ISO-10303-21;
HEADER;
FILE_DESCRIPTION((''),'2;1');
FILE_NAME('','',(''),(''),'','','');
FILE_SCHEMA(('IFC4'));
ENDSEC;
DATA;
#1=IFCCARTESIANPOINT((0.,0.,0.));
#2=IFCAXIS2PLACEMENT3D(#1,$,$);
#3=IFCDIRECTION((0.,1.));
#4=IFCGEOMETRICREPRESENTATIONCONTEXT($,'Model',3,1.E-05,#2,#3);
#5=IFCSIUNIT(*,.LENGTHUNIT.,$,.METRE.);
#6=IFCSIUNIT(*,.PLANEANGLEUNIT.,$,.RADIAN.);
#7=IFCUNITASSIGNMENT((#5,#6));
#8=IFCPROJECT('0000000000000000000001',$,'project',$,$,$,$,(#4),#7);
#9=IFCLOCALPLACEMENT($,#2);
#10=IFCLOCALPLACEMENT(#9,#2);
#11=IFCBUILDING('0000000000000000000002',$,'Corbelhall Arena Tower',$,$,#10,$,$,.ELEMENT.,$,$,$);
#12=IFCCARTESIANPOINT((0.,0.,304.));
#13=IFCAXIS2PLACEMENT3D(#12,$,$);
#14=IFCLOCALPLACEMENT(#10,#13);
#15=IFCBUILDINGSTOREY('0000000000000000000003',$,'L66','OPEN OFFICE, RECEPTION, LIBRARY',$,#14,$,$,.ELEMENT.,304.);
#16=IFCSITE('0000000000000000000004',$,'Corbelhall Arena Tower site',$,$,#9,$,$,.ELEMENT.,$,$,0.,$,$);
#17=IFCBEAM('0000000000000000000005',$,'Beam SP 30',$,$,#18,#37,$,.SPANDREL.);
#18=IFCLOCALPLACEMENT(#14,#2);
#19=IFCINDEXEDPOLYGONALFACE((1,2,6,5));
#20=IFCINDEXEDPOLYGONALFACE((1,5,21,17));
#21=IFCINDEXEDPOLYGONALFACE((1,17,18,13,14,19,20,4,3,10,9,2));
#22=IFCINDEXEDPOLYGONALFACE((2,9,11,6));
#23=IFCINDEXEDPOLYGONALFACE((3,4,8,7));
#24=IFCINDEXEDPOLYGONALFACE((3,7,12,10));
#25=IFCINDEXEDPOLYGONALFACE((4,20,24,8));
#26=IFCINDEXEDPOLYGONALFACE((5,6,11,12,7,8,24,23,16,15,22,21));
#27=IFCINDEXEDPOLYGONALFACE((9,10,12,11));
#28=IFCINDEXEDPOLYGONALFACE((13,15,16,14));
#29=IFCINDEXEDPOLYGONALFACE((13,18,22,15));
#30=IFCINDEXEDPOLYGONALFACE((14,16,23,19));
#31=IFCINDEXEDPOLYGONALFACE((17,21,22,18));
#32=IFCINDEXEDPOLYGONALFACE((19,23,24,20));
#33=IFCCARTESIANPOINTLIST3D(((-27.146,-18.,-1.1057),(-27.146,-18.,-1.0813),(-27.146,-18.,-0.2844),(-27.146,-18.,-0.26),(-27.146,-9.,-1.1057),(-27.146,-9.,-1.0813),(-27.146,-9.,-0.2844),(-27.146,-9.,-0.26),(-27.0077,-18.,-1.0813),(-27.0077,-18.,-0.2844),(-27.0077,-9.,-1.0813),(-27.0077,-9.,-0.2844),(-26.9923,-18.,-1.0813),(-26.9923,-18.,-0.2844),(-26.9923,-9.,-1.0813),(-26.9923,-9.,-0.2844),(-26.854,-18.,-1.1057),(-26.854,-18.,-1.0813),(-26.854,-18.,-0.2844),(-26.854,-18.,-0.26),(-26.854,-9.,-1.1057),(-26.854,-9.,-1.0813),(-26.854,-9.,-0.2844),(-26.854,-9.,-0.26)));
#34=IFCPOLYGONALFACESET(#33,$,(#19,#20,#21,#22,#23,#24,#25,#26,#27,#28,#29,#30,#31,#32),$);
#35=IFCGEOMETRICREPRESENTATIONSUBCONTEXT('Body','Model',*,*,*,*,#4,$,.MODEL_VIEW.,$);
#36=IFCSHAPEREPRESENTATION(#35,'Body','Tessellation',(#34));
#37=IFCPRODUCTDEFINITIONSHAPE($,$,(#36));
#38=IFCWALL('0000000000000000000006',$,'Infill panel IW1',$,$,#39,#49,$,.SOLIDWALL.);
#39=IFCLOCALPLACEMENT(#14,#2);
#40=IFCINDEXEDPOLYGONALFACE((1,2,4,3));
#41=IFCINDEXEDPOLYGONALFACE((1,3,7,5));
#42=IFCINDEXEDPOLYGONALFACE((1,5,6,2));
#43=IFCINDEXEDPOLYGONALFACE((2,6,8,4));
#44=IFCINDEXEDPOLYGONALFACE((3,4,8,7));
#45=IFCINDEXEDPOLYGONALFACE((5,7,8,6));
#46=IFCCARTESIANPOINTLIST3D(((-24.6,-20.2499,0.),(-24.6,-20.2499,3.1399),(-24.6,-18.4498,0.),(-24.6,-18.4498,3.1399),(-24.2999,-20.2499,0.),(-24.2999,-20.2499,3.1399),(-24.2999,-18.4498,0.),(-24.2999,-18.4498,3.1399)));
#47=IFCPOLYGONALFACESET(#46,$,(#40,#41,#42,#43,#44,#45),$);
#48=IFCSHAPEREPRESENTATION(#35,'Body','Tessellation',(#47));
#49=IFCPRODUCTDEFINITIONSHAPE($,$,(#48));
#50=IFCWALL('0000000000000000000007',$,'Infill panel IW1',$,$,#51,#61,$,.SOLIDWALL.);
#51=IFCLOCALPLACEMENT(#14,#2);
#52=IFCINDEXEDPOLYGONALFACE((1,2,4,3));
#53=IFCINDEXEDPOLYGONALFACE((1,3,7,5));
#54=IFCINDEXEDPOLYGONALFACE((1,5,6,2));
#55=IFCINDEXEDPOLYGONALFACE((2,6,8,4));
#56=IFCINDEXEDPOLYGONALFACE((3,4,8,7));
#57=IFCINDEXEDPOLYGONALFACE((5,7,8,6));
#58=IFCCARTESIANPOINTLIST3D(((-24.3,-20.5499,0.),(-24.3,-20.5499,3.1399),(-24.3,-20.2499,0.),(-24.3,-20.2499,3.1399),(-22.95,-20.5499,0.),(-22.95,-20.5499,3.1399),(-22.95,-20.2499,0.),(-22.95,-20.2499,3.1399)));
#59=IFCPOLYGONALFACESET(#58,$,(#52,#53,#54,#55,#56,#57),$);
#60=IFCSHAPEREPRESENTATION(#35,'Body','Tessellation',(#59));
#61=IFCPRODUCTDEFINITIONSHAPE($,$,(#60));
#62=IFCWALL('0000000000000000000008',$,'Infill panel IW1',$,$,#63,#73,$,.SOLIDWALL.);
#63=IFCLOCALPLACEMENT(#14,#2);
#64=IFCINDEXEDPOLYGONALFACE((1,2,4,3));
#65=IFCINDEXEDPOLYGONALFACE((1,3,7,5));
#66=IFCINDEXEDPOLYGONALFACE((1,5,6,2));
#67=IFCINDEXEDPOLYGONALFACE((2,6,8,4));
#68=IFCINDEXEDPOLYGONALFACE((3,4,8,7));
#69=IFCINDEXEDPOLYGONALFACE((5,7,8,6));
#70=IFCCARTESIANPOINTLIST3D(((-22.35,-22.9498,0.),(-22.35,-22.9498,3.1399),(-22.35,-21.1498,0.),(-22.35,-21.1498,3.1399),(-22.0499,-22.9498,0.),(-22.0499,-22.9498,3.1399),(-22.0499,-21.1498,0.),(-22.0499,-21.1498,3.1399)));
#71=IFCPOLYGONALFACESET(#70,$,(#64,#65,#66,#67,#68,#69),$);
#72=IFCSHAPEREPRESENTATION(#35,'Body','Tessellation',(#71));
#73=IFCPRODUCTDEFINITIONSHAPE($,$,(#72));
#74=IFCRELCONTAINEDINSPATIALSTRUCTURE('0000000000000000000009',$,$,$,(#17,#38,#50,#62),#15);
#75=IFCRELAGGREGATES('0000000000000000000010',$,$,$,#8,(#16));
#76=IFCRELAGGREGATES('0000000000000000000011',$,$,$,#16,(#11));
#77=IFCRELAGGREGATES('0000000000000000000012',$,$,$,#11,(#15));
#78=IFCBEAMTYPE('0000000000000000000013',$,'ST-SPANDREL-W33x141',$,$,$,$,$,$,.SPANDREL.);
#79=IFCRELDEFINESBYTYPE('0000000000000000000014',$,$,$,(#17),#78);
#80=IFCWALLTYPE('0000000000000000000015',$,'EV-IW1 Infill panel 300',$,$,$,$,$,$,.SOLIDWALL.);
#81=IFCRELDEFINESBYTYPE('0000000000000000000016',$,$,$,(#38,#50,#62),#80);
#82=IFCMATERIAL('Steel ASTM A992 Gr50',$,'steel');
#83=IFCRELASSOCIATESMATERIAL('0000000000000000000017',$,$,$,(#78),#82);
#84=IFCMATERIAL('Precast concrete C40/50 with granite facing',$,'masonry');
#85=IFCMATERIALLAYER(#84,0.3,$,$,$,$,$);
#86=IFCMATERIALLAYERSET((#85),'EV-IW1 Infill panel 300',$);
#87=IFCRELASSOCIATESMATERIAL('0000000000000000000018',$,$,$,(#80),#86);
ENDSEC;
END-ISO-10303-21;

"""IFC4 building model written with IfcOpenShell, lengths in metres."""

from ifc_helpers import new_model, si_unit, direction, frame, frame_2d, origin, origin_2d, place, context, subcontext, project, spatial, rectangle, i_section, extrude, material, layer, layer_set, material_profile, profile_set, type_object, element, save


model = new_model("IFC4")

# Units and contexts
model_context = context("Model", 3, precision=1e-05, world=origin(), true_north=direction((0.0, 1.0)))
body_context = subcontext(model_context, "Body", "Model", "MODEL_VIEW")
ifc_project = project(units=[si_unit("LENGTHUNIT", "METRE"), si_unit("PLANEANGLEUNIT", "RADIAN")], contexts=[model_context])

# Site, building, storey
site_placement = place(None, origin())
site = spatial("IfcSite", under=ifc_project, at=site_placement, Name="Corbelhall Arena Tower site", CompositionType="ELEMENT", RefElevation=0.0)
building_placement = place(site_placement, origin())
building = spatial("IfcBuilding", under=site, at=building_placement, Name="Corbelhall Arena Tower", CompositionType="ELEMENT")
storey_placement = place(building_placement, frame((0.0, 0.0, 304.0)))
storey = spatial("IfcBuildingStorey", under=building, at=storey_placement, Name="L66", Description="OPEN OFFICE, RECEPTION, LIBRARY", CompositionType="ELEMENT", Elevation=304.0)

# Beam
ifc_material_1 = material(Name="Steel ASTM A992 Gr50", Category="steel")
ifc_material_profile_1 = material_profile(ifc_material_1, i_section(OverallWidth=0.292, OverallDepth=0.8457, WebThickness=0.0154, FlangeThickness=0.0244, at=origin_2d()))
ifc_profile_set_1 = profile_set([ifc_material_profile_1], Name="Steel ASTM A992 Gr50")
beam_type_1 = type_object("IfcBeamType", Name="ST-SPANDREL-W33x141", PredefinedType="SPANDREL", material=ifc_profile_set_1)
beam_1_placement = place(storey_placement, frame((-27.0, -18.0, -0.6829), z_axis=(0.0, 1.0, 0.0), x_axis=(-1.0, 0.0, 0.0)))
element("IfcBeam", 1, at=beam_1_placement, inside=storey, type_object=beam_type_1, Name="Beam SP 30", PredefinedType="SPANDREL", context=body_context, shape_type="SweptSolid", body=[
    extrude(i_section(OverallWidth=0.292, OverallDepth=0.8457, WebThickness=0.0154, FlangeThickness=0.0244, at=origin_2d()), origin(), (0.0, 0.0, 1.0), 9.0),
])

# Walls
ifc_material_2 = material(Name="Precast concrete C40/50 with granite facing", Category="masonry")
ifc_layer_1 = layer(ifc_material_2, 0.3)
ifc_layer_set_1 = layer_set([ifc_layer_1], Name="EV-IW1 Infill panel 300")
wall_type_1 = type_object("IfcWallType", Name="EV-IW1 Infill panel 300", PredefinedType="SOLIDWALL", material=ifc_layer_set_1)
wall_1_placement = place(storey_placement, frame((-24.45, -18.45, 0.0), z_axis=(0.0, 0.0, 1.0), x_axis=(0.0, -1.0, 0.0)))
element("IfcWall", 2, at=wall_1_placement, inside=storey, type_object=wall_type_1, Name="Infill panel IW1", PredefinedType="SOLIDWALL", context=body_context, shape_type="SweptSolid", body=[
    extrude(rectangle(XDim=1.8, YDim=0.3, at=frame_2d((0.8999, 0.0))), origin(), (0.0, 0.0, 1.0), 3.1399),
])
wall_2_placement = place(storey_placement, frame((-24.3, -20.3999, 0.0), z_axis=(0.0, 0.0, 1.0), x_axis=(1.0, 0.0, 0.0)))
element("IfcWall", 3, at=wall_2_placement, inside=storey, type_object=wall_type_1, Name="Infill panel IW1", PredefinedType="SOLIDWALL", context=body_context, shape_type="SweptSolid", body=[
    extrude(rectangle(XDim=1.3501, YDim=0.3, at=frame_2d((0.675, 0.0))), origin(), (0.0, 0.0, 1.0), 3.1399),
])
wall_3_placement = place(storey_placement, frame((-22.2, -21.1499, 0.0), z_axis=(0.0, 0.0, 1.0), x_axis=(0.0, -1.0, 0.0)))
element("IfcWall", 4, at=wall_3_placement, inside=storey, type_object=wall_type_1, Name="Infill panel IW1", PredefinedType="SOLIDWALL", context=body_context, shape_type="SweptSolid", body=[
    extrude(rectangle(XDim=1.8, YDim=0.3, at=frame_2d((0.8999, 0.0))), origin(), (0.0, 0.0, 1.0), 3.1399),
])

save(model, "model.ifc")
